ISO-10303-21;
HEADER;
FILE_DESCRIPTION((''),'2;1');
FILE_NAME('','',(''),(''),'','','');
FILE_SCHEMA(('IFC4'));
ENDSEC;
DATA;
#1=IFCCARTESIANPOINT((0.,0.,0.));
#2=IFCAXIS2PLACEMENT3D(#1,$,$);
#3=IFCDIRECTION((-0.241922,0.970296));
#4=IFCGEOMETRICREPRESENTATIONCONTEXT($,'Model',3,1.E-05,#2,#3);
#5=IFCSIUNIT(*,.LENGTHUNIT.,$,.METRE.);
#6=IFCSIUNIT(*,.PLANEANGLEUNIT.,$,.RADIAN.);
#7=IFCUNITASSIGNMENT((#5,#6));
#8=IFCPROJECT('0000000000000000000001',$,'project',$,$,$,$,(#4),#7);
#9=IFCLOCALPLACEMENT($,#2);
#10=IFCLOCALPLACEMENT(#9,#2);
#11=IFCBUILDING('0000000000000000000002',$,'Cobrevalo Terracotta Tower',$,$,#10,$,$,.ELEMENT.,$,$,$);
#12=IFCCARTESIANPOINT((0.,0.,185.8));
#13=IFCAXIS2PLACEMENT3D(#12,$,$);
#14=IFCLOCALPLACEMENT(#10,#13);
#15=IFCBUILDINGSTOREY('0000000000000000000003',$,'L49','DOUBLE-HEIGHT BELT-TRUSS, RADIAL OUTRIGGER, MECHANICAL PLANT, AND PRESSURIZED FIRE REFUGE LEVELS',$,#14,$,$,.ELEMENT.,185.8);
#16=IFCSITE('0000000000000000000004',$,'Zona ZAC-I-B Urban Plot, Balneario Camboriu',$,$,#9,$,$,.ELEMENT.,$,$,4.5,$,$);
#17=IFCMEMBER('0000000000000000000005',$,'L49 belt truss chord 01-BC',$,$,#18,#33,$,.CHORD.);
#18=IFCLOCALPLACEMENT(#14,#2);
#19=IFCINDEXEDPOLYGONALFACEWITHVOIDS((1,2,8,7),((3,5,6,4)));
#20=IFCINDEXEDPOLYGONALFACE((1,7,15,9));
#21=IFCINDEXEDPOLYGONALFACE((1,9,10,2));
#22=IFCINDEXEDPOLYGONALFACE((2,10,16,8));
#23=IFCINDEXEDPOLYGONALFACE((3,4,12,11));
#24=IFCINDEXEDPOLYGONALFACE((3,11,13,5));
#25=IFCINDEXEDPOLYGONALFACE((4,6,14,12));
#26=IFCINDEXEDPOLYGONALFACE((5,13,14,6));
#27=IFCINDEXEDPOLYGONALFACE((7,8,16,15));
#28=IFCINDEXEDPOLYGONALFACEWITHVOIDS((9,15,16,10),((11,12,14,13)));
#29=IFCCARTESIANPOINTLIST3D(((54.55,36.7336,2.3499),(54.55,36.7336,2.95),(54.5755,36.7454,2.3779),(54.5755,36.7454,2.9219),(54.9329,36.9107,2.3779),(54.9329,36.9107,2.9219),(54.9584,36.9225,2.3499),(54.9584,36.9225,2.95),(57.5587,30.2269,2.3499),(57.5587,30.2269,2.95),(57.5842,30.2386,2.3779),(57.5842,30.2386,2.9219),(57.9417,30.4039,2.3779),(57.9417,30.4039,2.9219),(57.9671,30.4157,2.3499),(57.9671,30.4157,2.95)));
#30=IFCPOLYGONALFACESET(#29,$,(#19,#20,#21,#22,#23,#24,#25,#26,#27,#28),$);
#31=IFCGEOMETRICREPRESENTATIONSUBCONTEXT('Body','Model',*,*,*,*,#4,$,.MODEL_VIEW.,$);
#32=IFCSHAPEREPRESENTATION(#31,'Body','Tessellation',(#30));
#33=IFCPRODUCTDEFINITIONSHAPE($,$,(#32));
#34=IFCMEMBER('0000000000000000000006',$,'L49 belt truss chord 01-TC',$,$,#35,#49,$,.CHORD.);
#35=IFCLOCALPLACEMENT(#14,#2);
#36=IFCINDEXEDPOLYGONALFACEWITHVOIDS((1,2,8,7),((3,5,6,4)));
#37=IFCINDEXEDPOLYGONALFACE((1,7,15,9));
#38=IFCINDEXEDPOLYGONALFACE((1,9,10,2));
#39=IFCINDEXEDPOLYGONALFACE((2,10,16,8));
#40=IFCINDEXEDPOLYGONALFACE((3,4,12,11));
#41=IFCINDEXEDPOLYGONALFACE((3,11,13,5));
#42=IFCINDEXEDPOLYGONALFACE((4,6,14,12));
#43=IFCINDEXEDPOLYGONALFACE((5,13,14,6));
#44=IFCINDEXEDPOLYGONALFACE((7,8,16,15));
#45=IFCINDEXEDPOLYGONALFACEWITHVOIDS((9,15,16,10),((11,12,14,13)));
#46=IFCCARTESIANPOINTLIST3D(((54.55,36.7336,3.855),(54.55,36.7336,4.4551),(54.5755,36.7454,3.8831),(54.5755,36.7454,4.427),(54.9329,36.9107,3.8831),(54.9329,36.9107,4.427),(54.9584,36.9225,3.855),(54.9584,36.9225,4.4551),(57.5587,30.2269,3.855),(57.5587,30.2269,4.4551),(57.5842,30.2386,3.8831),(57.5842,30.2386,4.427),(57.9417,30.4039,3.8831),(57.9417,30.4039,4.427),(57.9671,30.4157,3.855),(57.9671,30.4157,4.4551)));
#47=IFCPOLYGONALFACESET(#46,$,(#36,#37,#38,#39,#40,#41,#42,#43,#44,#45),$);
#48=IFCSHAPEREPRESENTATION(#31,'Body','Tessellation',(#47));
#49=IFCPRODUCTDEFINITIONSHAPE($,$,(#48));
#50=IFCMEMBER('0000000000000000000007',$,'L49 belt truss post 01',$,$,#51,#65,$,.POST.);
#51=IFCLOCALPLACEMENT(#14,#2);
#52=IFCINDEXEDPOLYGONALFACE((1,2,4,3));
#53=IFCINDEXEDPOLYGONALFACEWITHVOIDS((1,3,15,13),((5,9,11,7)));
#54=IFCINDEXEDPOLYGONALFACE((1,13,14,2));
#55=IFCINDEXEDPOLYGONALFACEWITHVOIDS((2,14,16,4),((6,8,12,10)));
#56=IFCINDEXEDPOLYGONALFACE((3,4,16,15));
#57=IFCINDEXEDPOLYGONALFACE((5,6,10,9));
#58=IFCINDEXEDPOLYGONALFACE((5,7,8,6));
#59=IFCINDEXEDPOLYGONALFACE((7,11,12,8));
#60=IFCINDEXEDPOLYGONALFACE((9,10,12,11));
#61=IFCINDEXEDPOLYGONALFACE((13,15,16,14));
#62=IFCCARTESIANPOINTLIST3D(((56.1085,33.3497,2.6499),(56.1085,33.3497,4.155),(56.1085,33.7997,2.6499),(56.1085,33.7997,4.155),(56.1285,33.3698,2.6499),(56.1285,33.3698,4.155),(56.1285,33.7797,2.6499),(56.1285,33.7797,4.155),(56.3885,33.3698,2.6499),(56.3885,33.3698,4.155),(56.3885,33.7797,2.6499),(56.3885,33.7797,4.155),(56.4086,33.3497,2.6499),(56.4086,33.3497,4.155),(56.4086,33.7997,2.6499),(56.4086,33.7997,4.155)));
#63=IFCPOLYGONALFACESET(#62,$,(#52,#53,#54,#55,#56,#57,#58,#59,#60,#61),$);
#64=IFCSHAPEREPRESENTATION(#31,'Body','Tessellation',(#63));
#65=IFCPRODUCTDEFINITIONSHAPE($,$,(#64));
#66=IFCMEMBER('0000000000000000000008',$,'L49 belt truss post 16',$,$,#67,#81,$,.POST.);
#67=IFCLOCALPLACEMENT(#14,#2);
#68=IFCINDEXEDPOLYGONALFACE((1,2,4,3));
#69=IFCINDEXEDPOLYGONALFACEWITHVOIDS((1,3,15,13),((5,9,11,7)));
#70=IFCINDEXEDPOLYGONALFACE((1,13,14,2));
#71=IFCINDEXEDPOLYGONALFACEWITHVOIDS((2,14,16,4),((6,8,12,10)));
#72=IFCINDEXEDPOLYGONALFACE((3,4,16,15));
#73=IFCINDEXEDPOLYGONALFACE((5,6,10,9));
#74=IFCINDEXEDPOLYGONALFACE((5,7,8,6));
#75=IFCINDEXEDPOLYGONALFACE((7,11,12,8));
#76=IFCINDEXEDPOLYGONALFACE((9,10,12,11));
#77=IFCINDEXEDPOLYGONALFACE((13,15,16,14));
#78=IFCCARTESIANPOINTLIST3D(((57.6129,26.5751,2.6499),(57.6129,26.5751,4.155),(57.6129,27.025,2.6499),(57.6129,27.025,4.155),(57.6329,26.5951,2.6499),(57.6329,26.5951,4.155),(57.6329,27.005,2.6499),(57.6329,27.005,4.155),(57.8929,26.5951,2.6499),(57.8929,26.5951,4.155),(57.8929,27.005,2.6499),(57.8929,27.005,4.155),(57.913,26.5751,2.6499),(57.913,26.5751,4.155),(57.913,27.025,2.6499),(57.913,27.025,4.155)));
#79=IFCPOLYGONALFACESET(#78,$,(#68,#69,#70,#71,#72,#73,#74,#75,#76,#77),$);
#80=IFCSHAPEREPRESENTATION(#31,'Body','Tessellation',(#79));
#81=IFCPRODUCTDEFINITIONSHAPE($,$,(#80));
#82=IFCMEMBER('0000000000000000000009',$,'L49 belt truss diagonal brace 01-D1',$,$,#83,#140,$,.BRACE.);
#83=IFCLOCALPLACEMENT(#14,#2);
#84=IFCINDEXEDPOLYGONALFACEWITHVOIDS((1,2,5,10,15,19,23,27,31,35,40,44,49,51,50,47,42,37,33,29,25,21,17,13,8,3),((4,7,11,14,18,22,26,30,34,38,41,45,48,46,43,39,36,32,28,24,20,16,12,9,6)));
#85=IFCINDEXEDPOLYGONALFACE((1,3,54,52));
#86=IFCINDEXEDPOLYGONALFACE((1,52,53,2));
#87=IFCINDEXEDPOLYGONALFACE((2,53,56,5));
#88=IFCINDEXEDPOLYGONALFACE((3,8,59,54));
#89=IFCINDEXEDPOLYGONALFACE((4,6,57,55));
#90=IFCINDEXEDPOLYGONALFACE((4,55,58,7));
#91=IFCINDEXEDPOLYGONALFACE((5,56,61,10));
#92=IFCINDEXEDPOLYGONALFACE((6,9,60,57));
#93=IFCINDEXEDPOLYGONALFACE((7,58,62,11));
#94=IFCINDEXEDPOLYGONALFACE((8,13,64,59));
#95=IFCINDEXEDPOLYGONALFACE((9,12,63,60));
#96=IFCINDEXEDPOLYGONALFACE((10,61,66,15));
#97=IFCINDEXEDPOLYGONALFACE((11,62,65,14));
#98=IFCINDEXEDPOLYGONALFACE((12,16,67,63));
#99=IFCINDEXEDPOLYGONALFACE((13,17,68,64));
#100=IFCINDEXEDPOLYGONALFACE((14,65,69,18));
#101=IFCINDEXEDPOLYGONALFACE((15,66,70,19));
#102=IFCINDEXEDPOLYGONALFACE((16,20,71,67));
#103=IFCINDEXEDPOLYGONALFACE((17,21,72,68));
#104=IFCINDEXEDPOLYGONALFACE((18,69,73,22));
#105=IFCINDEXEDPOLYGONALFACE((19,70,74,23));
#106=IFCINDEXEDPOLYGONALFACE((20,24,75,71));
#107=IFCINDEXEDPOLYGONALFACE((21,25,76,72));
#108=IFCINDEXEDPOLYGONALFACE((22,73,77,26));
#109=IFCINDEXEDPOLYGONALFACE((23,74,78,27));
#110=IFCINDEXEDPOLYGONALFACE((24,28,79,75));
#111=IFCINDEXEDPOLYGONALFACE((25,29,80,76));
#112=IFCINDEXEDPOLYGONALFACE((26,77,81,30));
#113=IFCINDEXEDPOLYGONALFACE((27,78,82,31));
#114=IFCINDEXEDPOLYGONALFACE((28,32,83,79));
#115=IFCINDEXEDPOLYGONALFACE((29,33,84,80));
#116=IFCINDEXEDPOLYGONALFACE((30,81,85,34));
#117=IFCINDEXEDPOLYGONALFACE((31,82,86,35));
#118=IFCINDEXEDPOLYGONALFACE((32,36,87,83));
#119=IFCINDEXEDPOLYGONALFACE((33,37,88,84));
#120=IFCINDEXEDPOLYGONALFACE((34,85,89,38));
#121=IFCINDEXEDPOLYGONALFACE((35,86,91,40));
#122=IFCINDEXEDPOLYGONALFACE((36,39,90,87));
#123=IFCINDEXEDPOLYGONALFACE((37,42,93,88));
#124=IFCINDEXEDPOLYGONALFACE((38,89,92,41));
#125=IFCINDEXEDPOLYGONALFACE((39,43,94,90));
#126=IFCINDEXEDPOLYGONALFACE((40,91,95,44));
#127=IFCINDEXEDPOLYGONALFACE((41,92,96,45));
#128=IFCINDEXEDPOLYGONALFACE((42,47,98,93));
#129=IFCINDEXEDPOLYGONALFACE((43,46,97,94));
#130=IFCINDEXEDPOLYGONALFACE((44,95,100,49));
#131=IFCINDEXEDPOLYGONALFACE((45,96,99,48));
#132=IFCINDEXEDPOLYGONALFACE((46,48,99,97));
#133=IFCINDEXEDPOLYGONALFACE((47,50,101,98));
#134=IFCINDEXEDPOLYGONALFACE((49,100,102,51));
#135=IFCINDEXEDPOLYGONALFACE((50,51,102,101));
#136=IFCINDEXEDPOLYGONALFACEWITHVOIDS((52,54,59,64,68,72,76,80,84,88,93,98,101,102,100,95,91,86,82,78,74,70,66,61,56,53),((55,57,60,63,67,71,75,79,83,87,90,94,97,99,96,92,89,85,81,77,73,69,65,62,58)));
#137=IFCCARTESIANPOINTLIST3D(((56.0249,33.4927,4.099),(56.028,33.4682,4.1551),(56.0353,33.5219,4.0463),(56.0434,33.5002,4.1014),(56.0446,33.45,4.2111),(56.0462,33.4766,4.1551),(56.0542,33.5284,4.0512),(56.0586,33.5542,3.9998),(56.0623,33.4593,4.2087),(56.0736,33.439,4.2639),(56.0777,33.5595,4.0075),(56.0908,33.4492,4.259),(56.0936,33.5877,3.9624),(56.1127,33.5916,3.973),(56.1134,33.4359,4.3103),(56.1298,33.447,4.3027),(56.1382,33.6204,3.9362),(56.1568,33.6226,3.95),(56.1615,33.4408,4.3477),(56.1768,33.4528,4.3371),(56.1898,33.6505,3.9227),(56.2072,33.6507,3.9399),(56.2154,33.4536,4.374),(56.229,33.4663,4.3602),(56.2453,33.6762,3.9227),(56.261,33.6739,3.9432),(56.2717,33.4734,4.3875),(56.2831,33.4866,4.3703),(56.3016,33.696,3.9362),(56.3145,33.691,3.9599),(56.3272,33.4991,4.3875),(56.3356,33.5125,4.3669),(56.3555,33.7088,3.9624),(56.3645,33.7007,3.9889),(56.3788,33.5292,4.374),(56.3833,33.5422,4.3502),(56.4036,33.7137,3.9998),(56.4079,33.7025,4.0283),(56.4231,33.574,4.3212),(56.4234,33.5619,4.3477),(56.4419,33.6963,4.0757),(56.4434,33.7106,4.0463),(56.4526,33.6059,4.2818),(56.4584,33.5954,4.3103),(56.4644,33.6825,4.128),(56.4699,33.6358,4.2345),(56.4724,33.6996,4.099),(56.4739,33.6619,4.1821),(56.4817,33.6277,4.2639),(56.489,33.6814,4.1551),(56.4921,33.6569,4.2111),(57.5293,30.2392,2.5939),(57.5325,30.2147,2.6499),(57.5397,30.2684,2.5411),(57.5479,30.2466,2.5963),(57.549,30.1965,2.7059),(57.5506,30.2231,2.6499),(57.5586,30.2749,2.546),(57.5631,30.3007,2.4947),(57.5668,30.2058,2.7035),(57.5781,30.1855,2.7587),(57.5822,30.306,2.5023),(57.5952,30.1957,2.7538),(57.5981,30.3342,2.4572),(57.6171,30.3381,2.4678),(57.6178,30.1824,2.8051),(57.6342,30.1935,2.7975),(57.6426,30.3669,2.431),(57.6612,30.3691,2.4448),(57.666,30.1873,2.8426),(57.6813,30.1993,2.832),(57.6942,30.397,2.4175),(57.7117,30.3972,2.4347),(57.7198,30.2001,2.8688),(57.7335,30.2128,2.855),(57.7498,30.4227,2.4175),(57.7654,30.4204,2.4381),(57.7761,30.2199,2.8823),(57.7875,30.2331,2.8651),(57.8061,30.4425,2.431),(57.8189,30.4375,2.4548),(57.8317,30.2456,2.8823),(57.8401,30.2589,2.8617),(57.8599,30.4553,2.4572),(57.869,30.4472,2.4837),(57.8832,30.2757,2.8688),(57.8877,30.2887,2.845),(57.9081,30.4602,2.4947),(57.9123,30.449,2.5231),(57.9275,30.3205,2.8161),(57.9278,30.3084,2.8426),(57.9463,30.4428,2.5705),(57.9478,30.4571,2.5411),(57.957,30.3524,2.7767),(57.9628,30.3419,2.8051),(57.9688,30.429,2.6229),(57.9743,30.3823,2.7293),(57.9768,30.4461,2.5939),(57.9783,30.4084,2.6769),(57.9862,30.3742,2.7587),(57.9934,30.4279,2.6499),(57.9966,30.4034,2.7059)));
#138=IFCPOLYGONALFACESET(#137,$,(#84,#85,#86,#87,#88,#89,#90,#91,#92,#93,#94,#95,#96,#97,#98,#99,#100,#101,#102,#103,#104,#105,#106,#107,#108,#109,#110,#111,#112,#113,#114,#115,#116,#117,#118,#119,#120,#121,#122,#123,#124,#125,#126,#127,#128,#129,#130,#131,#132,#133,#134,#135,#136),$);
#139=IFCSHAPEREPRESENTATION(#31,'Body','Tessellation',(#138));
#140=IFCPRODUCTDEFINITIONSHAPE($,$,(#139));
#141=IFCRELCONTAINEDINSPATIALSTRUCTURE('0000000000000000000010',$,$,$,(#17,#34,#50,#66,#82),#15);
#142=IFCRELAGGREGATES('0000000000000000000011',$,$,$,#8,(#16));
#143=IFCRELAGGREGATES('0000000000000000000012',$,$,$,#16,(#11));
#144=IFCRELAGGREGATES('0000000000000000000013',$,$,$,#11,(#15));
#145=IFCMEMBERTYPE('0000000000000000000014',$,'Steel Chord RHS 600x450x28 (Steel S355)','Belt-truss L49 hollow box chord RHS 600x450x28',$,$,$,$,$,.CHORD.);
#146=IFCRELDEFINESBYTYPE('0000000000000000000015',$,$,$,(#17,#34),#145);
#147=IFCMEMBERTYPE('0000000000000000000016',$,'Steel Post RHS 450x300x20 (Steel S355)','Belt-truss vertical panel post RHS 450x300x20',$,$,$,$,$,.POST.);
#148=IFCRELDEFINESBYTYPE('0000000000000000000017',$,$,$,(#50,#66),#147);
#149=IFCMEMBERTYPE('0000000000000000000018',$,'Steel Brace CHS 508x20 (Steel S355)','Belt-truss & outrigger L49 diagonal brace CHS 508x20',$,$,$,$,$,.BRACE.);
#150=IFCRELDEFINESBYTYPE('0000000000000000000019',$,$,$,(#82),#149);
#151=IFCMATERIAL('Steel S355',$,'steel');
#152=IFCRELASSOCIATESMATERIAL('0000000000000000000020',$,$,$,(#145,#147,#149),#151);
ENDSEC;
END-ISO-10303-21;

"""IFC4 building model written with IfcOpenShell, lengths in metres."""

from ifc_helpers import new_model, si_unit, direction, frame, origin, origin_2d, place, context, subcontext, project, spatial, hollow_rectangle, hollow_circle, extrude, source, transform, mapped, material, material_profile, profile_set, type_object, element, save


model = new_model("IFC4")

# Units and contexts
model_context = context("Model", 3, precision=1e-05, world=origin(), true_north=direction((-0.241922, 0.970296)))
body_context = subcontext(model_context, "Body", "Model", "MODEL_VIEW")
ifc_project = project(units=[si_unit("LENGTHUNIT", "METRE"), si_unit("PLANEANGLEUNIT", "RADIAN")], contexts=[model_context])

# Site, building, storey
site_placement = place(None, origin())
site = spatial("IfcSite", under=ifc_project, at=site_placement, Name="Zona ZAC-I-B Urban Plot, Balneario Camboriu", CompositionType="ELEMENT", RefElevation=4.5)
building_placement = place(site_placement, origin())
building = spatial("IfcBuilding", under=site, at=building_placement, Name="Cobrevalo Terracotta Tower", CompositionType="ELEMENT")
storey_placement = place(building_placement, frame((0.0, 0.0, 185.8)))
storey = spatial("IfcBuildingStorey", under=building, at=storey_placement, Name="L49", Description="DOUBLE-HEIGHT BELT-TRUSS, RADIAL OUTRIGGER, MECHANICAL PLANT, AND PRESSURIZED FIRE REFUGE LEVELS", CompositionType="ELEMENT", Elevation=185.8)

# Shared definitions
ifc_material_1 = material(Name="Steel S355", Category="steel")

# Members
ifc_material_profile_1 = material_profile(ifc_material_1, hollow_rectangle(XDim=0.45, YDim=0.6001, WallThickness=0.0281, at=origin_2d()), Name="RHS 600x450x28")
ifc_profile_set_1 = profile_set([ifc_material_profile_1], Name="Steel S355")
member_type_1 = type_object("IfcMemberType", Name="Steel Chord RHS 600x450x28 (Steel S355)", Description="Belt-truss L49 hollow box chord RHS 600x450x28", PredefinedType="CHORD", material=ifc_profile_set_1)
shared_shape_1 = source(origin(), body_context, "Body", "SweptSolid", [
    extrude(hollow_rectangle(XDim=0.45, YDim=0.6001, WallThickness=0.0281, at=origin_2d()), origin(), (0.0, 0.0, 1.0), 7.1687),
])
for number, where, z_axis, x_axis, name in (
    (1, (57.7629, 30.3213, 2.6499), (-0.419706, 0.90766, 0.0), (-0.90766, -0.419706, 0.0), "L49 belt truss chord 01-BC"),
    (2, (57.7629, 30.3213, 4.155), (-0.419706, 0.90766, 0.0), (-0.90766, -0.419706, 0.0), "L49 belt truss chord 01-TC"),
):
    element("IfcMember", number, at=place(storey_placement, frame(where, z_axis=z_axis, x_axis=x_axis)), inside=storey, type_object=member_type_1, Name=name, PredefinedType="CHORD", context=body_context, shape_type="MappedRepresentation", body=[
        mapped(shared_shape_1, transform((0.0, 0.0, 0.0), scale=1.0)),
    ])
ifc_material_profile_2 = material_profile(ifc_material_1, hollow_rectangle(XDim=0.3, YDim=0.45, WallThickness=0.02, at=origin_2d()), Name="RHS 450x300x20")
ifc_profile_set_2 = profile_set([ifc_material_profile_2], Name="Steel S355")
member_type_2 = type_object("IfcMemberType", Name="Steel Post RHS 450x300x20 (Steel S355)", Description="Belt-truss vertical panel post RHS 450x300x20", PredefinedType="POST", material=ifc_profile_set_2)
shared_shape_2 = source(origin(), body_context, "Body", "SweptSolid", [
    extrude(hollow_rectangle(XDim=0.3, YDim=0.45, WallThickness=0.02, at=origin_2d()), origin(), (0.0, 0.0, 1.0), 1.5051),
])
for number, where, z_axis, x_axis, name in (
    (3, (56.2585, 33.5747, 2.6499), (0.0, 0.0, 1.0), (1.0, 0.0, 0.0), "L49 belt truss post 01"),
    (4, (57.7629, 26.8, 2.6499), (0.0, 0.0, 1.0), (1.0, 0.0, 0.0), "L49 belt truss post 16"),
):
    element("IfcMember", number, at=place(storey_placement, frame(where, z_axis=z_axis, x_axis=x_axis)), inside=storey, type_object=member_type_2, Name=name, PredefinedType="POST", context=body_context, shape_type="MappedRepresentation", body=[
        mapped(shared_shape_2, transform((0.0, 0.0, 0.0), scale=1.0)),
    ])
ifc_material_profile_3 = material_profile(ifc_material_1, hollow_circle(Radius=0.2539, WallThickness=0.02, at=origin_2d()), Name="CHS 508x20")
ifc_profile_set_3 = profile_set([ifc_material_profile_3], Name="Steel S355")
member_type_3 = type_object("IfcMemberType", Name="Steel Brace CHS 508x20 (Steel S355)", Description="Belt-truss & outrigger L49 diagonal brace CHS 508x20", PredefinedType="BRACE", material=ifc_profile_set_3)
shared_shape_3 = source(origin(), body_context, "Body", "SweptSolid", [
    extrude(hollow_circle(Radius=0.2539, WallThickness=0.02, at=origin_2d()), origin(), (0.0, 0.0, 1.0), 3.8877),
])
member_1_placement = place(storey_placement, frame((57.7629, 30.3213, 2.6499), z_axis=(-0.386974, 0.836873, 0.387162), x_axis=(-0.90766, -0.419706, 0.0)))
element("IfcMember", 5, at=member_1_placement, inside=storey, type_object=member_type_3, Name="L49 belt truss diagonal brace 01-D1", PredefinedType="BRACE", context=body_context, shape_type="MappedRepresentation", body=[
    mapped(shared_shape_3, transform((0.0, 0.0, 0.0), scale=1.0)),
])

save(model, "model.ifc")
